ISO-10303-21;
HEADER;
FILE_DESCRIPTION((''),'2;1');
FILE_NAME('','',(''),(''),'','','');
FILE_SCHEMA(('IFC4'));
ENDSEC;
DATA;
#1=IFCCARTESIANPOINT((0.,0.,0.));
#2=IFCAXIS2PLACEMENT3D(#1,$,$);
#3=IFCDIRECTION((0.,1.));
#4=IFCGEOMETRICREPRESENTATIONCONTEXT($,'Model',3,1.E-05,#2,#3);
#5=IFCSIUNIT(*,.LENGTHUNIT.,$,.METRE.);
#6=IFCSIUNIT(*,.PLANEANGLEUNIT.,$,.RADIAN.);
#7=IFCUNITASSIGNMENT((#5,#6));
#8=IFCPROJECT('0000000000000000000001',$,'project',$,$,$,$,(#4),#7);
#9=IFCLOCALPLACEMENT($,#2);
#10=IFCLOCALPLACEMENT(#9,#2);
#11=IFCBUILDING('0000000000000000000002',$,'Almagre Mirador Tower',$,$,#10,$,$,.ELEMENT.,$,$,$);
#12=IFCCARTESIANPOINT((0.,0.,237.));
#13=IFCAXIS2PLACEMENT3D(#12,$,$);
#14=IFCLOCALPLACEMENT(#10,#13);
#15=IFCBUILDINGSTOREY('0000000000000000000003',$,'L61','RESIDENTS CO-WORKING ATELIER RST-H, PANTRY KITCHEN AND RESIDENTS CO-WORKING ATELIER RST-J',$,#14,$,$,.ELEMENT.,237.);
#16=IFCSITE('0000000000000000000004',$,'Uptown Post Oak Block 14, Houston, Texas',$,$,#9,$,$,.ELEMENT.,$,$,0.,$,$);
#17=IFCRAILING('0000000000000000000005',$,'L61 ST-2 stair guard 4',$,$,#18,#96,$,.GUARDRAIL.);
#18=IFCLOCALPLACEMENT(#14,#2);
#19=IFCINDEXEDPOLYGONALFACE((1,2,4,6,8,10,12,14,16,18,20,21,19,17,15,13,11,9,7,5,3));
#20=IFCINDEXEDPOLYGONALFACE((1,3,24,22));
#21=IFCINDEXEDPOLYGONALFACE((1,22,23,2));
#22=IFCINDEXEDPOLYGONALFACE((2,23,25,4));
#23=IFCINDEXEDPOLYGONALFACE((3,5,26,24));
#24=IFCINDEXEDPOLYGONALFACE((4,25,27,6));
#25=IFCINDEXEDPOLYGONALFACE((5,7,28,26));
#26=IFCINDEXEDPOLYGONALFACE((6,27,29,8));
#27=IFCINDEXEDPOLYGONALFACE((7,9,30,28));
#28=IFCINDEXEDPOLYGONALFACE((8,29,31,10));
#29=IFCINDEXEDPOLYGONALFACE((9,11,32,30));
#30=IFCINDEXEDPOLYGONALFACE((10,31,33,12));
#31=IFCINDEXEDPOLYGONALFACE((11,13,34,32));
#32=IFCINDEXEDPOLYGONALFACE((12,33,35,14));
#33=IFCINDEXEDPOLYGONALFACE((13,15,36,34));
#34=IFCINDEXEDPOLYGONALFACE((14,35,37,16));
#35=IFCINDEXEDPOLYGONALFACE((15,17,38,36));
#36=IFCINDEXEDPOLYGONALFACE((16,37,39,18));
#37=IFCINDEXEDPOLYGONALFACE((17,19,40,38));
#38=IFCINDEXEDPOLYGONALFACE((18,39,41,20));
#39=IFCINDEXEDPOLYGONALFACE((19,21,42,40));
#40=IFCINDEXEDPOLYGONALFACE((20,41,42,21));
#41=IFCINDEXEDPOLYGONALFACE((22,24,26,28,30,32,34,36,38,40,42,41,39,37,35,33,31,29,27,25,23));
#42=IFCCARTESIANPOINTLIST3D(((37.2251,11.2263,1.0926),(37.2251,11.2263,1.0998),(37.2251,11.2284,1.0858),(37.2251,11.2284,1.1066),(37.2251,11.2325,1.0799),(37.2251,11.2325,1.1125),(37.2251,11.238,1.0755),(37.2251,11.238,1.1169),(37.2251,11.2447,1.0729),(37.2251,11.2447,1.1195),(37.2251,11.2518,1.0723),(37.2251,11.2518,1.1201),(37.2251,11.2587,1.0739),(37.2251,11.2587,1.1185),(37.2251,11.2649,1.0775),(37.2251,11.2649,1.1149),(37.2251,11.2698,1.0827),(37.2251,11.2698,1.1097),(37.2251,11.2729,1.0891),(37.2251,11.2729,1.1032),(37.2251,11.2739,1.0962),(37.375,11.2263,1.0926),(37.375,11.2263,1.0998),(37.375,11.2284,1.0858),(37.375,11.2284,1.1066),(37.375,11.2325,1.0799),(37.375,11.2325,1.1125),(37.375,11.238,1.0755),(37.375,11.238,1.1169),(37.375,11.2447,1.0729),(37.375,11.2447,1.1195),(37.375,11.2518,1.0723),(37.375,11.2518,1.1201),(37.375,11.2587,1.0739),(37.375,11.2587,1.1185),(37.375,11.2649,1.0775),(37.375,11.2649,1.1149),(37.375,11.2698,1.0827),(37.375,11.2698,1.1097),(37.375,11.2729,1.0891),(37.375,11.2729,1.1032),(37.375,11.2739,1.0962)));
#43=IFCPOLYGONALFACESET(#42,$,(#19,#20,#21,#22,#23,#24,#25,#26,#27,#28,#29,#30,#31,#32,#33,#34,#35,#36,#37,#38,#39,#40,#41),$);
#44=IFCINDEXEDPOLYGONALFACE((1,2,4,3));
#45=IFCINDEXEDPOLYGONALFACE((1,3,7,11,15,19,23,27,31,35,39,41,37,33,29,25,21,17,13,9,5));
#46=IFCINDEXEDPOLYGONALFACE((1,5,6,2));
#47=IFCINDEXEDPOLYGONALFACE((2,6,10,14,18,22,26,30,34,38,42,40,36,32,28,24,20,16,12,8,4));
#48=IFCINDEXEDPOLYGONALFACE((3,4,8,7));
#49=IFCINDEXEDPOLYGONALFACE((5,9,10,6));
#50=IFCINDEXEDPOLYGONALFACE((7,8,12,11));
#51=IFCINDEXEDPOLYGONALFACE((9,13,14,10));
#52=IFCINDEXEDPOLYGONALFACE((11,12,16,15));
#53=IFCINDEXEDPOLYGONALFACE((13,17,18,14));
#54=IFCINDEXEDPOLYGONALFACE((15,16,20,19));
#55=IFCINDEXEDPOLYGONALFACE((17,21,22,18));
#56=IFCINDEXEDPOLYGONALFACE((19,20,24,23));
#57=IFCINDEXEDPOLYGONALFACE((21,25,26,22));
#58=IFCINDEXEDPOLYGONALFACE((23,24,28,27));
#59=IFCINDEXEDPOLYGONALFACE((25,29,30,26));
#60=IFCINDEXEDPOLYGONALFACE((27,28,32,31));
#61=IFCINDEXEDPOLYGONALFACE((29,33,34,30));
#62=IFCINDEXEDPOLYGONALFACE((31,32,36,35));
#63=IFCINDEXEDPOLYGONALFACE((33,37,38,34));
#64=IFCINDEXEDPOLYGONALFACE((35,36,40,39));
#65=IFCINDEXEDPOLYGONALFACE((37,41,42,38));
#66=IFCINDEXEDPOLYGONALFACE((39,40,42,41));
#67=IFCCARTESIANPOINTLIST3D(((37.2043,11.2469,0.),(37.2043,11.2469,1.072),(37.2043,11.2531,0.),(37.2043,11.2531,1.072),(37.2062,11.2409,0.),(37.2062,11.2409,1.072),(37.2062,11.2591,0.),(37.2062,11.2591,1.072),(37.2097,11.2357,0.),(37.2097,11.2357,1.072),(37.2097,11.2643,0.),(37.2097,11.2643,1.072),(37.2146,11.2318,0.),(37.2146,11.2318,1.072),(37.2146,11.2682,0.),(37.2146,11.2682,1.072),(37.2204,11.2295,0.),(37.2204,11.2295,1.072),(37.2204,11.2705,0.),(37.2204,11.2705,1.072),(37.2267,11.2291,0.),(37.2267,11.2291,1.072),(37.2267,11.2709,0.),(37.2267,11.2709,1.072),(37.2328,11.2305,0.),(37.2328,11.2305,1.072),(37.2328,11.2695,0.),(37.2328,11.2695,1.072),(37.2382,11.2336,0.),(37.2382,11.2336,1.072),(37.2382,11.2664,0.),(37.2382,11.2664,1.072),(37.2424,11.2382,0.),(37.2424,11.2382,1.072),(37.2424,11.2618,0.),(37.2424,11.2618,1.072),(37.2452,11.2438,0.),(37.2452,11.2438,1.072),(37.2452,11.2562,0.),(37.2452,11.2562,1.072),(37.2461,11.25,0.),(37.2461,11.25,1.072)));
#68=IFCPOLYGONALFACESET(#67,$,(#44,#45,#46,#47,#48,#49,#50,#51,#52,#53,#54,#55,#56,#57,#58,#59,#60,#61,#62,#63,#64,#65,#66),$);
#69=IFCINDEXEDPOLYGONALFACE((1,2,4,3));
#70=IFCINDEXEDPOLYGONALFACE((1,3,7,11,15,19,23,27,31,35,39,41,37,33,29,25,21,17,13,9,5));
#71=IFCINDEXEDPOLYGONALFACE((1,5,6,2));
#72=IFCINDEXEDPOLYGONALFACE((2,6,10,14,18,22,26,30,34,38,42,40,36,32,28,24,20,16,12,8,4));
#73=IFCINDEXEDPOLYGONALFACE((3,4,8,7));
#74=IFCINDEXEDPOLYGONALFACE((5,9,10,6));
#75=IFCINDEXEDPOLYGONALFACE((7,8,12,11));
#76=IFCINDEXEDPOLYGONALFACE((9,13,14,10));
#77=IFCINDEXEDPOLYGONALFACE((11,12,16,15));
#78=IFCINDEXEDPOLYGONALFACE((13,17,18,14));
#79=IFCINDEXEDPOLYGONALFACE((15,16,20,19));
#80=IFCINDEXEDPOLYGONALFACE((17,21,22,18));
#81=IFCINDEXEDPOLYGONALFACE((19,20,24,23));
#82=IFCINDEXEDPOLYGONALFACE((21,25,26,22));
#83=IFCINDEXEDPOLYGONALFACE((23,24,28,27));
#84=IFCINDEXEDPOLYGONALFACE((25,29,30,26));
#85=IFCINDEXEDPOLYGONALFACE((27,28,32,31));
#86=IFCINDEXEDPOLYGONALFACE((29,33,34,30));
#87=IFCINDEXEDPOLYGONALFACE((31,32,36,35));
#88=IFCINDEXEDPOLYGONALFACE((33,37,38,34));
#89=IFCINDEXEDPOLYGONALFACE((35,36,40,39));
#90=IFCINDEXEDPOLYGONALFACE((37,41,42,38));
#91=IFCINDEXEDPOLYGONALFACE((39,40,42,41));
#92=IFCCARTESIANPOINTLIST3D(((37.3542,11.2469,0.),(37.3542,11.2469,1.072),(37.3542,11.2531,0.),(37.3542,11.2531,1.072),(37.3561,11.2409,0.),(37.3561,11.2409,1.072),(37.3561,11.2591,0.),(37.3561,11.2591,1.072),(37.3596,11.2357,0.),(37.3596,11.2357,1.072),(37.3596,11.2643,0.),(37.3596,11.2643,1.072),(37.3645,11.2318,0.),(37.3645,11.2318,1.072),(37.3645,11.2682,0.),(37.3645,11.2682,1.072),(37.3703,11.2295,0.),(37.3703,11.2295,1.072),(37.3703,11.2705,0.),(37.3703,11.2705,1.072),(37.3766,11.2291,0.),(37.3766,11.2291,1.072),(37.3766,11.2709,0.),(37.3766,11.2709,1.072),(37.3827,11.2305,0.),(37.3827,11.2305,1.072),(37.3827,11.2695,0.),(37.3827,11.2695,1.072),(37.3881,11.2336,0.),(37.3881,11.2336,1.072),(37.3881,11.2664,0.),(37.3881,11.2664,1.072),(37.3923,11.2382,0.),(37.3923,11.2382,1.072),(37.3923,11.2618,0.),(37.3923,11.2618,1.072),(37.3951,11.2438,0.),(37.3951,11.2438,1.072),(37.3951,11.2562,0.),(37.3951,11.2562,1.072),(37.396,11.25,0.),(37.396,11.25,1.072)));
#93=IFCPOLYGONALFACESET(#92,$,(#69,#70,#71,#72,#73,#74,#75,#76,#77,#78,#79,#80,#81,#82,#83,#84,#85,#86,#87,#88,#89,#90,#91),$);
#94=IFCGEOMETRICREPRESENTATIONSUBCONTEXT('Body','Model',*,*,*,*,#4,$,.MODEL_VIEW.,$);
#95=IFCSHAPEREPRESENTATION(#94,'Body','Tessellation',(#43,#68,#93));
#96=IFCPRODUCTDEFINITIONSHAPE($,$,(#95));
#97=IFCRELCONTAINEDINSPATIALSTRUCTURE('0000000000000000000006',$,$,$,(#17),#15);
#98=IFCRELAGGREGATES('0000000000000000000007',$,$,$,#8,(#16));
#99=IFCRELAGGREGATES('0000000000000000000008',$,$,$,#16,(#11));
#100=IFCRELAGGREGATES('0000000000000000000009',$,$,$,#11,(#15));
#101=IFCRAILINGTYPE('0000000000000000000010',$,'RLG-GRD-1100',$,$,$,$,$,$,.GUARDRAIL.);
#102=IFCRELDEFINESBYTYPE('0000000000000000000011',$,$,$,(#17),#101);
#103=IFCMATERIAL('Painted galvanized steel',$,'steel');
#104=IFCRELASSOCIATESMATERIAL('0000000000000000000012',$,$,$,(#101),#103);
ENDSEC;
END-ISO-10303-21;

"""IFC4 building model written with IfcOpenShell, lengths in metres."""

from ifc_helpers import new_model, si_unit, direction, frame, origin, origin_2d, place, context, subcontext, project, spatial, circle, extrude, material, type_object, element, save


model = new_model("IFC4")

# Units and contexts
model_context = context("Model", 3, precision=1e-05, world=origin(), true_north=direction((0.0, 1.0)))
body_context = subcontext(model_context, "Body", "Model", "MODEL_VIEW")
ifc_project = project(units=[si_unit("LENGTHUNIT", "METRE"), si_unit("PLANEANGLEUNIT", "RADIAN")], contexts=[model_context])

# Site, building, storey
site_placement = place(None, origin())
site = spatial("IfcSite", under=ifc_project, at=site_placement, Name="Uptown Post Oak Block 14, Houston, Texas", CompositionType="ELEMENT", RefElevation=0.0)
building_placement = place(site_placement, origin())
building = spatial("IfcBuilding", under=site, at=building_placement, Name="Almagre Mirador Tower", CompositionType="ELEMENT")
storey_placement = place(building_placement, frame((0.0, 0.0, 237.0)))
storey = spatial("IfcBuildingStorey", under=building, at=storey_placement, Name="L61", Description="RESIDENTS CO-WORKING ATELIER RST-H, PANTRY KITCHEN AND RESIDENTS CO-WORKING ATELIER RST-J", CompositionType="ELEMENT", Elevation=237.0)

# Railing
ifc_material_1 = material(Name="Painted galvanized steel", Category="steel")
railing_type_1 = type_object("IfcRailingType", Name="RLG-GRD-1100", PredefinedType="GUARDRAIL", material=ifc_material_1)
railing_1_placement = place(storey_placement, frame((37.2251, 11.25, 0.0)))
element("IfcRailing", 1, at=railing_1_placement, inside=storey, type_object=railing_type_1, Name="L61 ST-2 stair guard 4", PredefinedType="GUARDRAIL", context=body_context, shape_type="SweptSolid", body=[
    extrude(circle(Radius=0.0239, at=origin_2d()), frame((0.0, 0.0, 1.0962), z_axis=(1.0, 0.0, 0.0), x_axis=(0.0, 1.0, 0.0)), (0.0, 0.0, 1.0), 0.1499),
    extrude(circle(Radius=0.021, at=origin_2d()), origin(), (0.0, 0.0, 1.0), 1.072),
    extrude(circle(Radius=0.021, at=origin_2d()), frame((0.1499, 0.0, 0.0)), (0.0, 0.0, 1.0), 1.072),
])

save(model, "model.ifc")
